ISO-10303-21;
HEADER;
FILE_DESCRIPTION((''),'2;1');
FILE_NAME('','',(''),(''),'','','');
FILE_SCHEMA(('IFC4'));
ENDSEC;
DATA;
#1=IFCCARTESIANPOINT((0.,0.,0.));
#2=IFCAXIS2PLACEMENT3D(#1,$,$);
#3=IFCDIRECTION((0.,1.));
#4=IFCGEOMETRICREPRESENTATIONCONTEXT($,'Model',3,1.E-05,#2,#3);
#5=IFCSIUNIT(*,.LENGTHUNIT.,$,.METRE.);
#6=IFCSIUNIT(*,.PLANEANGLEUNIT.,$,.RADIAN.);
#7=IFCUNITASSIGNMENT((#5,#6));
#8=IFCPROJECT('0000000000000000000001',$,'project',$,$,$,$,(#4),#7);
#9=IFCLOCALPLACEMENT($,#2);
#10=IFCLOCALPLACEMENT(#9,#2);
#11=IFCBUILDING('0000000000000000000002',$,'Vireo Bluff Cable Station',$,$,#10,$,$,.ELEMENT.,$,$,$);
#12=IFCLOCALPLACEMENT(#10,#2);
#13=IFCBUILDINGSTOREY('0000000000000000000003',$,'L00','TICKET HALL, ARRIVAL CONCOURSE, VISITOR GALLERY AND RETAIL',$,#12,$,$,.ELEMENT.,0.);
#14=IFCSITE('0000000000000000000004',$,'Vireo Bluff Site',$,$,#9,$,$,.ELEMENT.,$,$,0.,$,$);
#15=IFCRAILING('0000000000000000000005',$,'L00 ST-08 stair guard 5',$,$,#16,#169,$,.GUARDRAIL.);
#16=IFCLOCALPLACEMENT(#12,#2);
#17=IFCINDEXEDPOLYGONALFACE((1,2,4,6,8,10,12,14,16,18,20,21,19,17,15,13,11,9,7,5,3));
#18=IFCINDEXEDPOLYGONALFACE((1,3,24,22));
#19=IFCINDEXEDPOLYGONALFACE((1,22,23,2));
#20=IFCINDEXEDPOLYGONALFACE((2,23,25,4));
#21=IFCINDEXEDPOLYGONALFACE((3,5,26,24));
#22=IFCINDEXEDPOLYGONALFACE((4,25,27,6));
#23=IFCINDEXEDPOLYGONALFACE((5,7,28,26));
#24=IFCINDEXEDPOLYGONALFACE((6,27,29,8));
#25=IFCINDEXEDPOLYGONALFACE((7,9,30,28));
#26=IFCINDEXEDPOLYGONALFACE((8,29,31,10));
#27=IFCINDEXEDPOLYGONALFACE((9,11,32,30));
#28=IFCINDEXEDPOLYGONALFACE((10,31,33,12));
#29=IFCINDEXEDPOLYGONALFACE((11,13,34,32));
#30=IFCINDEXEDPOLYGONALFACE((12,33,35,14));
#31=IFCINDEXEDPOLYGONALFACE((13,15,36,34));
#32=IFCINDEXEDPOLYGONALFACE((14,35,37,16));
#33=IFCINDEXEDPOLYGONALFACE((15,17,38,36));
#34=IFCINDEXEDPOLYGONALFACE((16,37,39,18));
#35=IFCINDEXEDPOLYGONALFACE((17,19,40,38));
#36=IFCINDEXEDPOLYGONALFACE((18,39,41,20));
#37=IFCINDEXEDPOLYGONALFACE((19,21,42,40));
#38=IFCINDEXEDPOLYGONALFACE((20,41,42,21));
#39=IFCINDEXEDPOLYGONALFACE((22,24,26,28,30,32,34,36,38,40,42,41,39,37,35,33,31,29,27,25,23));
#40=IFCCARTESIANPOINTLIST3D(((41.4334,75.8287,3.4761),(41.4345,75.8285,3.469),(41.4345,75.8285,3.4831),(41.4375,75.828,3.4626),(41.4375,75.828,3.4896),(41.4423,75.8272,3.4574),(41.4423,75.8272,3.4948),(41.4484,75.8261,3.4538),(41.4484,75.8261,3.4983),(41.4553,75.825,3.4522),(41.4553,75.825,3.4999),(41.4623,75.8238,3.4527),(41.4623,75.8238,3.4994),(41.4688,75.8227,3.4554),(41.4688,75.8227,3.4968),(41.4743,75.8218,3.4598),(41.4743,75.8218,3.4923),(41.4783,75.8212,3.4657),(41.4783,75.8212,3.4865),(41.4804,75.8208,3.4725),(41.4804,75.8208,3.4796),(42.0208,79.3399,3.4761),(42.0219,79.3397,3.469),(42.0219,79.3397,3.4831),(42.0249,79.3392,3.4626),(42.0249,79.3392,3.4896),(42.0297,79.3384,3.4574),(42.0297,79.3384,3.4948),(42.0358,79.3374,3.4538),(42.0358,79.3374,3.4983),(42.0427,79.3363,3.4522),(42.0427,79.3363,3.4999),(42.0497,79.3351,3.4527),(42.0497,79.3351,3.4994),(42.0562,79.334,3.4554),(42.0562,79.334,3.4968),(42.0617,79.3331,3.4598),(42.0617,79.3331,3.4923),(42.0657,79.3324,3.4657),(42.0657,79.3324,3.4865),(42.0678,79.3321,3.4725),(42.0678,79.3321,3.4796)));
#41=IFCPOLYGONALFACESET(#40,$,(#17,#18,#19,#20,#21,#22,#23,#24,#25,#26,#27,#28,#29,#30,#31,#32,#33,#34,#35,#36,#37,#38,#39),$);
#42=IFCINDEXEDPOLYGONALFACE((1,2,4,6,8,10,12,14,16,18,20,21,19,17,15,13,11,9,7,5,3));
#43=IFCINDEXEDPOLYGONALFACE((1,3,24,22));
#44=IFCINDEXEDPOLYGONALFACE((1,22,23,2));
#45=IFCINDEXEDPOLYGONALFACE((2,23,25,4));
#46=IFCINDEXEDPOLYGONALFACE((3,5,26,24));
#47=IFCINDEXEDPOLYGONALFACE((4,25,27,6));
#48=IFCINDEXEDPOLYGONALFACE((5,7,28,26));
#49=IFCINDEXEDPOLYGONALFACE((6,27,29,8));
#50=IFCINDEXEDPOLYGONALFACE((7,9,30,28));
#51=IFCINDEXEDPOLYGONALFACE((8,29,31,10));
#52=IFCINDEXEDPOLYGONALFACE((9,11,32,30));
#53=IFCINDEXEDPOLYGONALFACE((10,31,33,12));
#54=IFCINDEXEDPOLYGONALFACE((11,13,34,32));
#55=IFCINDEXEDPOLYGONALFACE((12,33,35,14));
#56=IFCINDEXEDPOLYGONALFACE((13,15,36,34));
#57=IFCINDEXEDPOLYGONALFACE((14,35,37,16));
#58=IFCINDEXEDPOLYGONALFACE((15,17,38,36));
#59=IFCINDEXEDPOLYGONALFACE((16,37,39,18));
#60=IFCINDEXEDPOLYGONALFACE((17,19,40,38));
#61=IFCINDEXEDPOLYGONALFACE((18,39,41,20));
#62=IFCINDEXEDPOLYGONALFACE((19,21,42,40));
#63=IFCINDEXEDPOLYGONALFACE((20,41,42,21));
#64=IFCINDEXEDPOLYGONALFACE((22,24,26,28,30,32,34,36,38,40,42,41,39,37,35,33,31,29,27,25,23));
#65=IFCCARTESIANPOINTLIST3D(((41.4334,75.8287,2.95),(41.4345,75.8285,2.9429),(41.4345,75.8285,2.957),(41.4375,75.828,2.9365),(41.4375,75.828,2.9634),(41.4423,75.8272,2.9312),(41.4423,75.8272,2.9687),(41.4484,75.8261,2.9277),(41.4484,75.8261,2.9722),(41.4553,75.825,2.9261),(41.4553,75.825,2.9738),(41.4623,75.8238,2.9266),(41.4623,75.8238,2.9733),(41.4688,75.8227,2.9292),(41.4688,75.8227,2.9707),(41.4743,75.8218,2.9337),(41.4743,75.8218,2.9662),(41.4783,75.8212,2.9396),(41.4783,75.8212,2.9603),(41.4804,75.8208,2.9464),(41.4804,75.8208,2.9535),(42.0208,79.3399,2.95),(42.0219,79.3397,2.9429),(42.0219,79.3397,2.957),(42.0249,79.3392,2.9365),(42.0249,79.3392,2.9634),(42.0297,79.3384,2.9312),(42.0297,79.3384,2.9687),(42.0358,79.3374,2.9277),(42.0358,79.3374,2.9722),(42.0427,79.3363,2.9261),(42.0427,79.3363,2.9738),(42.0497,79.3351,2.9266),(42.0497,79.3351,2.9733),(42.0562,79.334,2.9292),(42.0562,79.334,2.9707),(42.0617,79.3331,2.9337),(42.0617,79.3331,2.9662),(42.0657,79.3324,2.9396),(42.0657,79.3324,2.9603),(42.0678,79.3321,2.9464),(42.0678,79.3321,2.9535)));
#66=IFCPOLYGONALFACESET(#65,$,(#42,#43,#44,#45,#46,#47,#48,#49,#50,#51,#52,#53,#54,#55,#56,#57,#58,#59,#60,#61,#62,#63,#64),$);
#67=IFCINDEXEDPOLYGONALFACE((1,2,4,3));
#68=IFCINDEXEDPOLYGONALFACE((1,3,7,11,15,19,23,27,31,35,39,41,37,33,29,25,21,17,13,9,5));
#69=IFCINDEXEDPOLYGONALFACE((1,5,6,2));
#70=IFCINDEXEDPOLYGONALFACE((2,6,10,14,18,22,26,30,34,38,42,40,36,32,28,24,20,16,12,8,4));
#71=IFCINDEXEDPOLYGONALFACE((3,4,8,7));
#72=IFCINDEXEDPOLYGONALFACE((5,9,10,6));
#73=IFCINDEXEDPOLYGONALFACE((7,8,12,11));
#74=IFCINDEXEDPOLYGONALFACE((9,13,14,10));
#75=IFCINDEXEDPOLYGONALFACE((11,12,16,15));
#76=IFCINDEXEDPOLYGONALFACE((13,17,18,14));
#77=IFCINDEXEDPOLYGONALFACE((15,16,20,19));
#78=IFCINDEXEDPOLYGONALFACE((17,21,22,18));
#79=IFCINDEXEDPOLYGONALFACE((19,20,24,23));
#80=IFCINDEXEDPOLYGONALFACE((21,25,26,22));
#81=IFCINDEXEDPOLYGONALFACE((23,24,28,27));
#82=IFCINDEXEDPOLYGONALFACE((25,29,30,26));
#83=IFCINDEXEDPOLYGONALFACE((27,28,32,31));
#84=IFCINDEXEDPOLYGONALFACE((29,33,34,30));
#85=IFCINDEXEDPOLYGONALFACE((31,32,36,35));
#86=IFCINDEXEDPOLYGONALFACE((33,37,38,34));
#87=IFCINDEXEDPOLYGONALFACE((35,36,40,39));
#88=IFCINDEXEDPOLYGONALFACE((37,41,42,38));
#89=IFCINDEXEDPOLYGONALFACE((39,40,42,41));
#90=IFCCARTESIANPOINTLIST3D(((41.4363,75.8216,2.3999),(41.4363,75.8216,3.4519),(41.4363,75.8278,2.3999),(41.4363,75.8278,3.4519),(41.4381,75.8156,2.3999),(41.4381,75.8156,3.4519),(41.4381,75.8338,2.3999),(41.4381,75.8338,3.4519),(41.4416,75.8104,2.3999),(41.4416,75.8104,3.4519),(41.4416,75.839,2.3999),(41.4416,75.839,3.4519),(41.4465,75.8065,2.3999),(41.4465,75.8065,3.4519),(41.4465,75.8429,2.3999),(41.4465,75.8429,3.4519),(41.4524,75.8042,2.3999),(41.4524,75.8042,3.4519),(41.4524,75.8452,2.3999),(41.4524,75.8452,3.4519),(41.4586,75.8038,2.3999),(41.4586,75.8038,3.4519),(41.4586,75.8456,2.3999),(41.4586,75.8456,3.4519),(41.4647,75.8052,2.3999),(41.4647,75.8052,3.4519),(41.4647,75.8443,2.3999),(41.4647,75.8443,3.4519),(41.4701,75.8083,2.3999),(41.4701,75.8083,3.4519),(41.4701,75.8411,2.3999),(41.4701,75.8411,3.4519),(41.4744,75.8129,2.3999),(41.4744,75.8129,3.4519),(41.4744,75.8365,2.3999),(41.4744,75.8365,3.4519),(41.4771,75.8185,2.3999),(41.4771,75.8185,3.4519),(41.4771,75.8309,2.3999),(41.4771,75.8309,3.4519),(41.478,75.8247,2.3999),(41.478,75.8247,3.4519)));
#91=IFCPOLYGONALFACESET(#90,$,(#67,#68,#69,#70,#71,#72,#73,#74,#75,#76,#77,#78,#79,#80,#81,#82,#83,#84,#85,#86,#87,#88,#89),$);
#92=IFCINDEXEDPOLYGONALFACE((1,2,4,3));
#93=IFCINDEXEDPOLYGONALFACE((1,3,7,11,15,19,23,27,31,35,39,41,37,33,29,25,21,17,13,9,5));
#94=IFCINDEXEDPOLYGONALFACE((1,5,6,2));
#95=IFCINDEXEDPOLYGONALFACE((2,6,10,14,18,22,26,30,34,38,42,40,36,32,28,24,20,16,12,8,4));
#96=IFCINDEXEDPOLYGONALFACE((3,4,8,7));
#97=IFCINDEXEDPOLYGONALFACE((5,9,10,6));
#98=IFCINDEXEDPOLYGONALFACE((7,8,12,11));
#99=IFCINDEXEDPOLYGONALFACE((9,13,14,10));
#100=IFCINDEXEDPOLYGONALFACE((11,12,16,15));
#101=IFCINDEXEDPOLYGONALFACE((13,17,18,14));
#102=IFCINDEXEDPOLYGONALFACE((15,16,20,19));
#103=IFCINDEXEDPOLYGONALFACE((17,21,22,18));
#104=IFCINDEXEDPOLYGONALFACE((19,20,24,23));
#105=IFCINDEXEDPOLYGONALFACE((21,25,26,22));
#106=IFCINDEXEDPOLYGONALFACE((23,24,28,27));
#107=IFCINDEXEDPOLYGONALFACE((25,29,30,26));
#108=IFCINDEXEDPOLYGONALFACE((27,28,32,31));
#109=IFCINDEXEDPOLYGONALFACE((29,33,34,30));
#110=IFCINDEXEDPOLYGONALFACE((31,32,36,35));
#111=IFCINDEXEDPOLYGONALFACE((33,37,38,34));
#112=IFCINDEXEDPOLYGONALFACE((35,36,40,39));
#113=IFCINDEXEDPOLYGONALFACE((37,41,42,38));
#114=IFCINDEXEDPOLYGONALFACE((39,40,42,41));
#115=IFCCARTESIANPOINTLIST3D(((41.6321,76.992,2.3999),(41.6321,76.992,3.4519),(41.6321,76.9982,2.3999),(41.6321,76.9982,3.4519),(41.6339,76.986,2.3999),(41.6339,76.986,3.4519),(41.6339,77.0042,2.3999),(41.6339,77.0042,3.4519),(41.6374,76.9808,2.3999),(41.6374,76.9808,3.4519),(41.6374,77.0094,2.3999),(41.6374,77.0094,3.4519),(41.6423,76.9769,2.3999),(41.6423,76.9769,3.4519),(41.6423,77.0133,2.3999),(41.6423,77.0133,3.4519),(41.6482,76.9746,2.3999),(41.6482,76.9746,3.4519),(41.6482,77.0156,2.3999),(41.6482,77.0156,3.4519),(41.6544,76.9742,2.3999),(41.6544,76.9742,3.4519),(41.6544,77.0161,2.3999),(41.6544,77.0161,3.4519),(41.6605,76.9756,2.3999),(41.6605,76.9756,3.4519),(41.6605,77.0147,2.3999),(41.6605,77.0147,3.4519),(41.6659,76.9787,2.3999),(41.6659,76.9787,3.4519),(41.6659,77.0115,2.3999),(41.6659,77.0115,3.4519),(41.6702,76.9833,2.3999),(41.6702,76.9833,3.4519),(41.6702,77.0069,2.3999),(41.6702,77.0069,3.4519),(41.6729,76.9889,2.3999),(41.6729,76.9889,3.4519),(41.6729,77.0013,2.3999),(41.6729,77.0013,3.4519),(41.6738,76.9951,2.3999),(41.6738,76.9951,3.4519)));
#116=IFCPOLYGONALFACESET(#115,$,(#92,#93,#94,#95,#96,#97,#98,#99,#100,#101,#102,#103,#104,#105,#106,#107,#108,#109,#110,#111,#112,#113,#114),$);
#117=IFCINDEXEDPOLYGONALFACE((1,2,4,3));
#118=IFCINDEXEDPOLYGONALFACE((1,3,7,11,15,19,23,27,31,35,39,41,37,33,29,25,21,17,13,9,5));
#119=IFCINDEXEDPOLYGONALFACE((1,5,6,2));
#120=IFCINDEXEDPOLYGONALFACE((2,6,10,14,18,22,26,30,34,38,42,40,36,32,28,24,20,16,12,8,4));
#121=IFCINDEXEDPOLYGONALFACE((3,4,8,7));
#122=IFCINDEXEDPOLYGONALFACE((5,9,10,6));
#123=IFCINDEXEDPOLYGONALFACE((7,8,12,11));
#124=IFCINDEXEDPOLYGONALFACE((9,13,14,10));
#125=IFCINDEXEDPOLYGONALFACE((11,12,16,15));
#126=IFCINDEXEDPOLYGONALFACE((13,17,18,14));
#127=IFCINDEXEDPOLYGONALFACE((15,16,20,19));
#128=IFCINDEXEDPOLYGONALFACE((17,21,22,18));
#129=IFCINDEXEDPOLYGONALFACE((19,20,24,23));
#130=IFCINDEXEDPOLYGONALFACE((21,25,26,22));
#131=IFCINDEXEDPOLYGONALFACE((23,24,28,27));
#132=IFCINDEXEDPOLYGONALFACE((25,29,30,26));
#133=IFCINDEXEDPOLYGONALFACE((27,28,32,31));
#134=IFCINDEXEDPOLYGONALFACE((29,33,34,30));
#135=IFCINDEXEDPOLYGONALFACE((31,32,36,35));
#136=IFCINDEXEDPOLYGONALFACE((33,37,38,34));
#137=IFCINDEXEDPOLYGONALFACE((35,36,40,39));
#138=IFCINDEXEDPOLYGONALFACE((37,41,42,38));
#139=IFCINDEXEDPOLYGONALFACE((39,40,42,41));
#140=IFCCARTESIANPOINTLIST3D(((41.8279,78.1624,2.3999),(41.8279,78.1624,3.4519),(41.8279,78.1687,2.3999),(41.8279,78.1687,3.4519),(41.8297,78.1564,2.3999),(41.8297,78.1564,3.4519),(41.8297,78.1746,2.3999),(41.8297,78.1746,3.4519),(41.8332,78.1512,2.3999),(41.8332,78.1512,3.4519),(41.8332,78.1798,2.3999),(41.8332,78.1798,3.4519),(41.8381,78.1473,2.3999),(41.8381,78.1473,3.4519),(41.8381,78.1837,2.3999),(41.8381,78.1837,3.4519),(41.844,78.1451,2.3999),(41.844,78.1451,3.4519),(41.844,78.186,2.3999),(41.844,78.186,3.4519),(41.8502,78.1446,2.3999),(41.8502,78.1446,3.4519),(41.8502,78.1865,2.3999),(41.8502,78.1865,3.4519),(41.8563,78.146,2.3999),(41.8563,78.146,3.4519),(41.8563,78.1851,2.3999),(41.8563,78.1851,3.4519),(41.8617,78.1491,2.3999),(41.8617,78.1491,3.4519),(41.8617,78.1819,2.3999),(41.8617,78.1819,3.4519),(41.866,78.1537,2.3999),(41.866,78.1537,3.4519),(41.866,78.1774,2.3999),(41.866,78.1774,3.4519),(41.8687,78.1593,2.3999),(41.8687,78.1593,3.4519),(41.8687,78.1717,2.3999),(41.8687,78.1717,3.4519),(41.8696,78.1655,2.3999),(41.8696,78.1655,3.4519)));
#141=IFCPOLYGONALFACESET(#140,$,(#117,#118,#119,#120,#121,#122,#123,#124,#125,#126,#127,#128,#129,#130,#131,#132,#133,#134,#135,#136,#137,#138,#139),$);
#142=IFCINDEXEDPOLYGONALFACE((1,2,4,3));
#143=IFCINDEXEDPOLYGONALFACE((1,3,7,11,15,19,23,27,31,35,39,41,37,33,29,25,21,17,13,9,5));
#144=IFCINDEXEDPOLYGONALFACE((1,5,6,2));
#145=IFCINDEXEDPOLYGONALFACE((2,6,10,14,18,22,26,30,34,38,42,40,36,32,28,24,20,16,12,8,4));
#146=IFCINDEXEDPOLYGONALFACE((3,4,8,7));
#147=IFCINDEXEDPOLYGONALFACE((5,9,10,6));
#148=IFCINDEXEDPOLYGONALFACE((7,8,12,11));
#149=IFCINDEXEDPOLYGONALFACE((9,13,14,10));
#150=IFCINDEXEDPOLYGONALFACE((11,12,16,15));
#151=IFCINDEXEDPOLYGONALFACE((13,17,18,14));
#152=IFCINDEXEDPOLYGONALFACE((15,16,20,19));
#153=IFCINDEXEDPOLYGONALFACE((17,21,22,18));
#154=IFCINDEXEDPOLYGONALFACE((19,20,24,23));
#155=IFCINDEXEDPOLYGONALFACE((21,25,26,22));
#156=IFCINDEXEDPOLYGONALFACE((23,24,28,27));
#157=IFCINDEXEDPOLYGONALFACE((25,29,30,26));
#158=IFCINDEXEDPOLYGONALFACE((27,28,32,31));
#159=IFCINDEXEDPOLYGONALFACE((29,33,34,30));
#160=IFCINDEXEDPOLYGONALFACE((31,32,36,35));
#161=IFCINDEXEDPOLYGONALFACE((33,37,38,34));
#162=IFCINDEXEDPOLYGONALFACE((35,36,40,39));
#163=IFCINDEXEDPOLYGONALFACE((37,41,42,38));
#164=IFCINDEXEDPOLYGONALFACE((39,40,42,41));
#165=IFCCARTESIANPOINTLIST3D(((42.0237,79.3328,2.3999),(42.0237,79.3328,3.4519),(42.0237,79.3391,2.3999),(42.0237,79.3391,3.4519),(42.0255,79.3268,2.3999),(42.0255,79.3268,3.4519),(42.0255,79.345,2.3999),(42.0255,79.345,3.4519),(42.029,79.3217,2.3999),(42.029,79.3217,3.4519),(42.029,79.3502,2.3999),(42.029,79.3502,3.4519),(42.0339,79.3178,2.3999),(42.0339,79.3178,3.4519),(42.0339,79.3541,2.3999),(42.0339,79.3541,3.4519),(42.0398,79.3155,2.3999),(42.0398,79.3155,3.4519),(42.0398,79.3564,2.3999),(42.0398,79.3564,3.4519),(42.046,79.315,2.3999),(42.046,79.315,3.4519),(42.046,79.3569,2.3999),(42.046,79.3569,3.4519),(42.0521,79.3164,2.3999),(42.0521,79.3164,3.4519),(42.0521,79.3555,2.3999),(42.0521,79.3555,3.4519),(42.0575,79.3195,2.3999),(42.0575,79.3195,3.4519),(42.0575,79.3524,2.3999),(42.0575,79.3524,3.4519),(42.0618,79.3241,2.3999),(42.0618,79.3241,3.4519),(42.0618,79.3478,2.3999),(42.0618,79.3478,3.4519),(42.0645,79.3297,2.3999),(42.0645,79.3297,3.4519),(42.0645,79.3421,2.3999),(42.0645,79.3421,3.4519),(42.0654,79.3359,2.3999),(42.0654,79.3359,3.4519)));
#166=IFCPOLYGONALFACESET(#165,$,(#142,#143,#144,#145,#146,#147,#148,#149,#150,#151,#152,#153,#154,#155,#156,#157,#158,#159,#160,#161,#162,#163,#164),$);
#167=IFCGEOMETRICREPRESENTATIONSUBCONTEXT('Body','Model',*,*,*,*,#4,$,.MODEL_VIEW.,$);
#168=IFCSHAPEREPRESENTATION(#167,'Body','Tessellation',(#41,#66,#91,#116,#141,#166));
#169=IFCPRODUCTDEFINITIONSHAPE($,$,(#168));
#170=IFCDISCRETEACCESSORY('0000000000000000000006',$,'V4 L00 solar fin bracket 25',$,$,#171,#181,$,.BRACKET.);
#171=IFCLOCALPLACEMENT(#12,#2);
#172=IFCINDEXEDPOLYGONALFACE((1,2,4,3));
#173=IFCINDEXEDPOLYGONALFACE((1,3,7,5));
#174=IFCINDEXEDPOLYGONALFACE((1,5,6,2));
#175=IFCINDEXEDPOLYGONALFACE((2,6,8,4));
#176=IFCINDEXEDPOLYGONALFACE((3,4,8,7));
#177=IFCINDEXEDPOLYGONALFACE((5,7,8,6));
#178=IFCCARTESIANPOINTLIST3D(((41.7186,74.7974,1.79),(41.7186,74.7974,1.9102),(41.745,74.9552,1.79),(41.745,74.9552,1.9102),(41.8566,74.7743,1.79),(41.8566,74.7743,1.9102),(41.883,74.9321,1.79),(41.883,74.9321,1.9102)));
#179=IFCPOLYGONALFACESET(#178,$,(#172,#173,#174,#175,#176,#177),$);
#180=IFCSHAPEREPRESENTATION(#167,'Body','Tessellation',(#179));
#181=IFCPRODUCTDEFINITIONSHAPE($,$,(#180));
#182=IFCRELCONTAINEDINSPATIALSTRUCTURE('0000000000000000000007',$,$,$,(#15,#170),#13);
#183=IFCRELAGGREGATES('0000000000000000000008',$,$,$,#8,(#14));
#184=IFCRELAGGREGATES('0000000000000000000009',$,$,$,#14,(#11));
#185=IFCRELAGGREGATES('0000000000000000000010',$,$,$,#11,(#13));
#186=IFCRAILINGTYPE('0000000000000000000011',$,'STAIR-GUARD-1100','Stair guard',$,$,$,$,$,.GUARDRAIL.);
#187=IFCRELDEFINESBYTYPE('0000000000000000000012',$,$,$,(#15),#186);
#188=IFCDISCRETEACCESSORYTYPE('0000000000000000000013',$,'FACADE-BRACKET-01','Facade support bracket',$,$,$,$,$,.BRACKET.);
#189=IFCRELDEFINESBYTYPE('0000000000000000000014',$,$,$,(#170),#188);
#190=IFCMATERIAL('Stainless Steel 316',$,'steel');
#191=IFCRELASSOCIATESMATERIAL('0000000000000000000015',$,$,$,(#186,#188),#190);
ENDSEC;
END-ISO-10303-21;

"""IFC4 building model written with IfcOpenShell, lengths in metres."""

from ifc_helpers import new_model, si_unit, direction, frame, origin, origin_2d, place, context, subcontext, project, spatial, rectangle, circle, extrude, material, type_object, element, save


model = new_model("IFC4")

# Units and contexts
model_context = context("Model", 3, precision=1e-05, world=origin(), true_north=direction((0.0, 1.0)))
body_context = subcontext(model_context, "Body", "Model", "MODEL_VIEW")
ifc_project = project(units=[si_unit("LENGTHUNIT", "METRE"), si_unit("PLANEANGLEUNIT", "RADIAN")], contexts=[model_context])

# Site, building, storey
site_placement = place(None, origin())
site = spatial("IfcSite", under=ifc_project, at=site_placement, Name="Vireo Bluff Site", CompositionType="ELEMENT", RefElevation=0.0)
building_placement = place(site_placement, origin())
building = spatial("IfcBuilding", under=site, at=building_placement, Name="Vireo Bluff Cable Station", CompositionType="ELEMENT")
storey_placement = place(building_placement, origin())
storey = spatial("IfcBuildingStorey", under=building, at=storey_placement, Name="L00", Description="TICKET HALL, ARRIVAL CONCOURSE, VISITOR GALLERY AND RETAIL", CompositionType="ELEMENT", Elevation=0.0)

# Railing
ifc_material_1 = material(Name="Stainless Steel 316", Category="steel")
railing_type = type_object("IfcRailingType", Name="STAIR-GUARD-1100", Description="Stair guard", PredefinedType="GUARDRAIL", material=ifc_material_1)
railing_placement = place(storey_placement, frame((41.457, 75.8247, 2.3999)))
element("IfcRailing", 1, at=railing_placement, inside=storey, type_object=railing_type, Name="L00 ST-08 stair guard 5", PredefinedType="GUARDRAIL", context=body_context, shape_type="SweptSolid", body=[
    extrude(circle(Radius=0.0239, at=origin_2d()), frame((0.0, 0.0, 1.0762), z_axis=(0.164999, 0.986294, 0.0), x_axis=(-0.986294, 0.164999, 0.0)), (0.0, 0.0, 1.0), 3.5601),
    extrude(circle(Radius=0.0239, at=origin_2d()), frame((0.0, 0.0, 0.55), z_axis=(0.164999, 0.986294, 0.0), x_axis=(-0.986294, 0.164999, 0.0)), (0.0, 0.0, 1.0), 3.5601),
    extrude(circle(Radius=0.021, at=origin_2d()), origin(), (0.0, 0.0, 1.0), 1.052),
    extrude(circle(Radius=0.021, at=origin_2d()), frame((0.1958, 1.1704, 0.0)), (0.0, 0.0, 1.0), 1.052),
    extrude(circle(Radius=0.021, at=origin_2d()), frame((0.3916, 2.3408, 0.0)), (0.0, 0.0, 1.0), 1.052),
    extrude(circle(Radius=0.021, at=origin_2d()), frame((0.5874, 3.5112, 0.0)), (0.0, 0.0, 1.0), 1.052),
])

# Discrete accessory
discrete_accessory_type = type_object("IfcDiscreteAccessoryType", Name="FACADE-BRACKET-01", Description="Facade support bracket", PredefinedType="BRACKET", material=ifc_material_1)
discrete_accessory_placement = place(storey_placement, frame((41.8008, 74.8647, 1.79), z_axis=(0.0, 0.0, 1.0), x_axis=(-0.986286, 0.165048, 0.0)))
element("IfcDiscreteAccessory", 2, at=discrete_accessory_placement, inside=storey, type_object=discrete_accessory_type, Name="V4 L00 solar fin bracket 25", PredefinedType="BRACKET", context=body_context, shape_type="SweptSolid", body=[
    extrude(rectangle(XDim=0.1399, YDim=0.1599, at=origin_2d()), origin(), (0.0, 0.0, 1.0), 0.1201),
])

save(model, "model.ifc")
